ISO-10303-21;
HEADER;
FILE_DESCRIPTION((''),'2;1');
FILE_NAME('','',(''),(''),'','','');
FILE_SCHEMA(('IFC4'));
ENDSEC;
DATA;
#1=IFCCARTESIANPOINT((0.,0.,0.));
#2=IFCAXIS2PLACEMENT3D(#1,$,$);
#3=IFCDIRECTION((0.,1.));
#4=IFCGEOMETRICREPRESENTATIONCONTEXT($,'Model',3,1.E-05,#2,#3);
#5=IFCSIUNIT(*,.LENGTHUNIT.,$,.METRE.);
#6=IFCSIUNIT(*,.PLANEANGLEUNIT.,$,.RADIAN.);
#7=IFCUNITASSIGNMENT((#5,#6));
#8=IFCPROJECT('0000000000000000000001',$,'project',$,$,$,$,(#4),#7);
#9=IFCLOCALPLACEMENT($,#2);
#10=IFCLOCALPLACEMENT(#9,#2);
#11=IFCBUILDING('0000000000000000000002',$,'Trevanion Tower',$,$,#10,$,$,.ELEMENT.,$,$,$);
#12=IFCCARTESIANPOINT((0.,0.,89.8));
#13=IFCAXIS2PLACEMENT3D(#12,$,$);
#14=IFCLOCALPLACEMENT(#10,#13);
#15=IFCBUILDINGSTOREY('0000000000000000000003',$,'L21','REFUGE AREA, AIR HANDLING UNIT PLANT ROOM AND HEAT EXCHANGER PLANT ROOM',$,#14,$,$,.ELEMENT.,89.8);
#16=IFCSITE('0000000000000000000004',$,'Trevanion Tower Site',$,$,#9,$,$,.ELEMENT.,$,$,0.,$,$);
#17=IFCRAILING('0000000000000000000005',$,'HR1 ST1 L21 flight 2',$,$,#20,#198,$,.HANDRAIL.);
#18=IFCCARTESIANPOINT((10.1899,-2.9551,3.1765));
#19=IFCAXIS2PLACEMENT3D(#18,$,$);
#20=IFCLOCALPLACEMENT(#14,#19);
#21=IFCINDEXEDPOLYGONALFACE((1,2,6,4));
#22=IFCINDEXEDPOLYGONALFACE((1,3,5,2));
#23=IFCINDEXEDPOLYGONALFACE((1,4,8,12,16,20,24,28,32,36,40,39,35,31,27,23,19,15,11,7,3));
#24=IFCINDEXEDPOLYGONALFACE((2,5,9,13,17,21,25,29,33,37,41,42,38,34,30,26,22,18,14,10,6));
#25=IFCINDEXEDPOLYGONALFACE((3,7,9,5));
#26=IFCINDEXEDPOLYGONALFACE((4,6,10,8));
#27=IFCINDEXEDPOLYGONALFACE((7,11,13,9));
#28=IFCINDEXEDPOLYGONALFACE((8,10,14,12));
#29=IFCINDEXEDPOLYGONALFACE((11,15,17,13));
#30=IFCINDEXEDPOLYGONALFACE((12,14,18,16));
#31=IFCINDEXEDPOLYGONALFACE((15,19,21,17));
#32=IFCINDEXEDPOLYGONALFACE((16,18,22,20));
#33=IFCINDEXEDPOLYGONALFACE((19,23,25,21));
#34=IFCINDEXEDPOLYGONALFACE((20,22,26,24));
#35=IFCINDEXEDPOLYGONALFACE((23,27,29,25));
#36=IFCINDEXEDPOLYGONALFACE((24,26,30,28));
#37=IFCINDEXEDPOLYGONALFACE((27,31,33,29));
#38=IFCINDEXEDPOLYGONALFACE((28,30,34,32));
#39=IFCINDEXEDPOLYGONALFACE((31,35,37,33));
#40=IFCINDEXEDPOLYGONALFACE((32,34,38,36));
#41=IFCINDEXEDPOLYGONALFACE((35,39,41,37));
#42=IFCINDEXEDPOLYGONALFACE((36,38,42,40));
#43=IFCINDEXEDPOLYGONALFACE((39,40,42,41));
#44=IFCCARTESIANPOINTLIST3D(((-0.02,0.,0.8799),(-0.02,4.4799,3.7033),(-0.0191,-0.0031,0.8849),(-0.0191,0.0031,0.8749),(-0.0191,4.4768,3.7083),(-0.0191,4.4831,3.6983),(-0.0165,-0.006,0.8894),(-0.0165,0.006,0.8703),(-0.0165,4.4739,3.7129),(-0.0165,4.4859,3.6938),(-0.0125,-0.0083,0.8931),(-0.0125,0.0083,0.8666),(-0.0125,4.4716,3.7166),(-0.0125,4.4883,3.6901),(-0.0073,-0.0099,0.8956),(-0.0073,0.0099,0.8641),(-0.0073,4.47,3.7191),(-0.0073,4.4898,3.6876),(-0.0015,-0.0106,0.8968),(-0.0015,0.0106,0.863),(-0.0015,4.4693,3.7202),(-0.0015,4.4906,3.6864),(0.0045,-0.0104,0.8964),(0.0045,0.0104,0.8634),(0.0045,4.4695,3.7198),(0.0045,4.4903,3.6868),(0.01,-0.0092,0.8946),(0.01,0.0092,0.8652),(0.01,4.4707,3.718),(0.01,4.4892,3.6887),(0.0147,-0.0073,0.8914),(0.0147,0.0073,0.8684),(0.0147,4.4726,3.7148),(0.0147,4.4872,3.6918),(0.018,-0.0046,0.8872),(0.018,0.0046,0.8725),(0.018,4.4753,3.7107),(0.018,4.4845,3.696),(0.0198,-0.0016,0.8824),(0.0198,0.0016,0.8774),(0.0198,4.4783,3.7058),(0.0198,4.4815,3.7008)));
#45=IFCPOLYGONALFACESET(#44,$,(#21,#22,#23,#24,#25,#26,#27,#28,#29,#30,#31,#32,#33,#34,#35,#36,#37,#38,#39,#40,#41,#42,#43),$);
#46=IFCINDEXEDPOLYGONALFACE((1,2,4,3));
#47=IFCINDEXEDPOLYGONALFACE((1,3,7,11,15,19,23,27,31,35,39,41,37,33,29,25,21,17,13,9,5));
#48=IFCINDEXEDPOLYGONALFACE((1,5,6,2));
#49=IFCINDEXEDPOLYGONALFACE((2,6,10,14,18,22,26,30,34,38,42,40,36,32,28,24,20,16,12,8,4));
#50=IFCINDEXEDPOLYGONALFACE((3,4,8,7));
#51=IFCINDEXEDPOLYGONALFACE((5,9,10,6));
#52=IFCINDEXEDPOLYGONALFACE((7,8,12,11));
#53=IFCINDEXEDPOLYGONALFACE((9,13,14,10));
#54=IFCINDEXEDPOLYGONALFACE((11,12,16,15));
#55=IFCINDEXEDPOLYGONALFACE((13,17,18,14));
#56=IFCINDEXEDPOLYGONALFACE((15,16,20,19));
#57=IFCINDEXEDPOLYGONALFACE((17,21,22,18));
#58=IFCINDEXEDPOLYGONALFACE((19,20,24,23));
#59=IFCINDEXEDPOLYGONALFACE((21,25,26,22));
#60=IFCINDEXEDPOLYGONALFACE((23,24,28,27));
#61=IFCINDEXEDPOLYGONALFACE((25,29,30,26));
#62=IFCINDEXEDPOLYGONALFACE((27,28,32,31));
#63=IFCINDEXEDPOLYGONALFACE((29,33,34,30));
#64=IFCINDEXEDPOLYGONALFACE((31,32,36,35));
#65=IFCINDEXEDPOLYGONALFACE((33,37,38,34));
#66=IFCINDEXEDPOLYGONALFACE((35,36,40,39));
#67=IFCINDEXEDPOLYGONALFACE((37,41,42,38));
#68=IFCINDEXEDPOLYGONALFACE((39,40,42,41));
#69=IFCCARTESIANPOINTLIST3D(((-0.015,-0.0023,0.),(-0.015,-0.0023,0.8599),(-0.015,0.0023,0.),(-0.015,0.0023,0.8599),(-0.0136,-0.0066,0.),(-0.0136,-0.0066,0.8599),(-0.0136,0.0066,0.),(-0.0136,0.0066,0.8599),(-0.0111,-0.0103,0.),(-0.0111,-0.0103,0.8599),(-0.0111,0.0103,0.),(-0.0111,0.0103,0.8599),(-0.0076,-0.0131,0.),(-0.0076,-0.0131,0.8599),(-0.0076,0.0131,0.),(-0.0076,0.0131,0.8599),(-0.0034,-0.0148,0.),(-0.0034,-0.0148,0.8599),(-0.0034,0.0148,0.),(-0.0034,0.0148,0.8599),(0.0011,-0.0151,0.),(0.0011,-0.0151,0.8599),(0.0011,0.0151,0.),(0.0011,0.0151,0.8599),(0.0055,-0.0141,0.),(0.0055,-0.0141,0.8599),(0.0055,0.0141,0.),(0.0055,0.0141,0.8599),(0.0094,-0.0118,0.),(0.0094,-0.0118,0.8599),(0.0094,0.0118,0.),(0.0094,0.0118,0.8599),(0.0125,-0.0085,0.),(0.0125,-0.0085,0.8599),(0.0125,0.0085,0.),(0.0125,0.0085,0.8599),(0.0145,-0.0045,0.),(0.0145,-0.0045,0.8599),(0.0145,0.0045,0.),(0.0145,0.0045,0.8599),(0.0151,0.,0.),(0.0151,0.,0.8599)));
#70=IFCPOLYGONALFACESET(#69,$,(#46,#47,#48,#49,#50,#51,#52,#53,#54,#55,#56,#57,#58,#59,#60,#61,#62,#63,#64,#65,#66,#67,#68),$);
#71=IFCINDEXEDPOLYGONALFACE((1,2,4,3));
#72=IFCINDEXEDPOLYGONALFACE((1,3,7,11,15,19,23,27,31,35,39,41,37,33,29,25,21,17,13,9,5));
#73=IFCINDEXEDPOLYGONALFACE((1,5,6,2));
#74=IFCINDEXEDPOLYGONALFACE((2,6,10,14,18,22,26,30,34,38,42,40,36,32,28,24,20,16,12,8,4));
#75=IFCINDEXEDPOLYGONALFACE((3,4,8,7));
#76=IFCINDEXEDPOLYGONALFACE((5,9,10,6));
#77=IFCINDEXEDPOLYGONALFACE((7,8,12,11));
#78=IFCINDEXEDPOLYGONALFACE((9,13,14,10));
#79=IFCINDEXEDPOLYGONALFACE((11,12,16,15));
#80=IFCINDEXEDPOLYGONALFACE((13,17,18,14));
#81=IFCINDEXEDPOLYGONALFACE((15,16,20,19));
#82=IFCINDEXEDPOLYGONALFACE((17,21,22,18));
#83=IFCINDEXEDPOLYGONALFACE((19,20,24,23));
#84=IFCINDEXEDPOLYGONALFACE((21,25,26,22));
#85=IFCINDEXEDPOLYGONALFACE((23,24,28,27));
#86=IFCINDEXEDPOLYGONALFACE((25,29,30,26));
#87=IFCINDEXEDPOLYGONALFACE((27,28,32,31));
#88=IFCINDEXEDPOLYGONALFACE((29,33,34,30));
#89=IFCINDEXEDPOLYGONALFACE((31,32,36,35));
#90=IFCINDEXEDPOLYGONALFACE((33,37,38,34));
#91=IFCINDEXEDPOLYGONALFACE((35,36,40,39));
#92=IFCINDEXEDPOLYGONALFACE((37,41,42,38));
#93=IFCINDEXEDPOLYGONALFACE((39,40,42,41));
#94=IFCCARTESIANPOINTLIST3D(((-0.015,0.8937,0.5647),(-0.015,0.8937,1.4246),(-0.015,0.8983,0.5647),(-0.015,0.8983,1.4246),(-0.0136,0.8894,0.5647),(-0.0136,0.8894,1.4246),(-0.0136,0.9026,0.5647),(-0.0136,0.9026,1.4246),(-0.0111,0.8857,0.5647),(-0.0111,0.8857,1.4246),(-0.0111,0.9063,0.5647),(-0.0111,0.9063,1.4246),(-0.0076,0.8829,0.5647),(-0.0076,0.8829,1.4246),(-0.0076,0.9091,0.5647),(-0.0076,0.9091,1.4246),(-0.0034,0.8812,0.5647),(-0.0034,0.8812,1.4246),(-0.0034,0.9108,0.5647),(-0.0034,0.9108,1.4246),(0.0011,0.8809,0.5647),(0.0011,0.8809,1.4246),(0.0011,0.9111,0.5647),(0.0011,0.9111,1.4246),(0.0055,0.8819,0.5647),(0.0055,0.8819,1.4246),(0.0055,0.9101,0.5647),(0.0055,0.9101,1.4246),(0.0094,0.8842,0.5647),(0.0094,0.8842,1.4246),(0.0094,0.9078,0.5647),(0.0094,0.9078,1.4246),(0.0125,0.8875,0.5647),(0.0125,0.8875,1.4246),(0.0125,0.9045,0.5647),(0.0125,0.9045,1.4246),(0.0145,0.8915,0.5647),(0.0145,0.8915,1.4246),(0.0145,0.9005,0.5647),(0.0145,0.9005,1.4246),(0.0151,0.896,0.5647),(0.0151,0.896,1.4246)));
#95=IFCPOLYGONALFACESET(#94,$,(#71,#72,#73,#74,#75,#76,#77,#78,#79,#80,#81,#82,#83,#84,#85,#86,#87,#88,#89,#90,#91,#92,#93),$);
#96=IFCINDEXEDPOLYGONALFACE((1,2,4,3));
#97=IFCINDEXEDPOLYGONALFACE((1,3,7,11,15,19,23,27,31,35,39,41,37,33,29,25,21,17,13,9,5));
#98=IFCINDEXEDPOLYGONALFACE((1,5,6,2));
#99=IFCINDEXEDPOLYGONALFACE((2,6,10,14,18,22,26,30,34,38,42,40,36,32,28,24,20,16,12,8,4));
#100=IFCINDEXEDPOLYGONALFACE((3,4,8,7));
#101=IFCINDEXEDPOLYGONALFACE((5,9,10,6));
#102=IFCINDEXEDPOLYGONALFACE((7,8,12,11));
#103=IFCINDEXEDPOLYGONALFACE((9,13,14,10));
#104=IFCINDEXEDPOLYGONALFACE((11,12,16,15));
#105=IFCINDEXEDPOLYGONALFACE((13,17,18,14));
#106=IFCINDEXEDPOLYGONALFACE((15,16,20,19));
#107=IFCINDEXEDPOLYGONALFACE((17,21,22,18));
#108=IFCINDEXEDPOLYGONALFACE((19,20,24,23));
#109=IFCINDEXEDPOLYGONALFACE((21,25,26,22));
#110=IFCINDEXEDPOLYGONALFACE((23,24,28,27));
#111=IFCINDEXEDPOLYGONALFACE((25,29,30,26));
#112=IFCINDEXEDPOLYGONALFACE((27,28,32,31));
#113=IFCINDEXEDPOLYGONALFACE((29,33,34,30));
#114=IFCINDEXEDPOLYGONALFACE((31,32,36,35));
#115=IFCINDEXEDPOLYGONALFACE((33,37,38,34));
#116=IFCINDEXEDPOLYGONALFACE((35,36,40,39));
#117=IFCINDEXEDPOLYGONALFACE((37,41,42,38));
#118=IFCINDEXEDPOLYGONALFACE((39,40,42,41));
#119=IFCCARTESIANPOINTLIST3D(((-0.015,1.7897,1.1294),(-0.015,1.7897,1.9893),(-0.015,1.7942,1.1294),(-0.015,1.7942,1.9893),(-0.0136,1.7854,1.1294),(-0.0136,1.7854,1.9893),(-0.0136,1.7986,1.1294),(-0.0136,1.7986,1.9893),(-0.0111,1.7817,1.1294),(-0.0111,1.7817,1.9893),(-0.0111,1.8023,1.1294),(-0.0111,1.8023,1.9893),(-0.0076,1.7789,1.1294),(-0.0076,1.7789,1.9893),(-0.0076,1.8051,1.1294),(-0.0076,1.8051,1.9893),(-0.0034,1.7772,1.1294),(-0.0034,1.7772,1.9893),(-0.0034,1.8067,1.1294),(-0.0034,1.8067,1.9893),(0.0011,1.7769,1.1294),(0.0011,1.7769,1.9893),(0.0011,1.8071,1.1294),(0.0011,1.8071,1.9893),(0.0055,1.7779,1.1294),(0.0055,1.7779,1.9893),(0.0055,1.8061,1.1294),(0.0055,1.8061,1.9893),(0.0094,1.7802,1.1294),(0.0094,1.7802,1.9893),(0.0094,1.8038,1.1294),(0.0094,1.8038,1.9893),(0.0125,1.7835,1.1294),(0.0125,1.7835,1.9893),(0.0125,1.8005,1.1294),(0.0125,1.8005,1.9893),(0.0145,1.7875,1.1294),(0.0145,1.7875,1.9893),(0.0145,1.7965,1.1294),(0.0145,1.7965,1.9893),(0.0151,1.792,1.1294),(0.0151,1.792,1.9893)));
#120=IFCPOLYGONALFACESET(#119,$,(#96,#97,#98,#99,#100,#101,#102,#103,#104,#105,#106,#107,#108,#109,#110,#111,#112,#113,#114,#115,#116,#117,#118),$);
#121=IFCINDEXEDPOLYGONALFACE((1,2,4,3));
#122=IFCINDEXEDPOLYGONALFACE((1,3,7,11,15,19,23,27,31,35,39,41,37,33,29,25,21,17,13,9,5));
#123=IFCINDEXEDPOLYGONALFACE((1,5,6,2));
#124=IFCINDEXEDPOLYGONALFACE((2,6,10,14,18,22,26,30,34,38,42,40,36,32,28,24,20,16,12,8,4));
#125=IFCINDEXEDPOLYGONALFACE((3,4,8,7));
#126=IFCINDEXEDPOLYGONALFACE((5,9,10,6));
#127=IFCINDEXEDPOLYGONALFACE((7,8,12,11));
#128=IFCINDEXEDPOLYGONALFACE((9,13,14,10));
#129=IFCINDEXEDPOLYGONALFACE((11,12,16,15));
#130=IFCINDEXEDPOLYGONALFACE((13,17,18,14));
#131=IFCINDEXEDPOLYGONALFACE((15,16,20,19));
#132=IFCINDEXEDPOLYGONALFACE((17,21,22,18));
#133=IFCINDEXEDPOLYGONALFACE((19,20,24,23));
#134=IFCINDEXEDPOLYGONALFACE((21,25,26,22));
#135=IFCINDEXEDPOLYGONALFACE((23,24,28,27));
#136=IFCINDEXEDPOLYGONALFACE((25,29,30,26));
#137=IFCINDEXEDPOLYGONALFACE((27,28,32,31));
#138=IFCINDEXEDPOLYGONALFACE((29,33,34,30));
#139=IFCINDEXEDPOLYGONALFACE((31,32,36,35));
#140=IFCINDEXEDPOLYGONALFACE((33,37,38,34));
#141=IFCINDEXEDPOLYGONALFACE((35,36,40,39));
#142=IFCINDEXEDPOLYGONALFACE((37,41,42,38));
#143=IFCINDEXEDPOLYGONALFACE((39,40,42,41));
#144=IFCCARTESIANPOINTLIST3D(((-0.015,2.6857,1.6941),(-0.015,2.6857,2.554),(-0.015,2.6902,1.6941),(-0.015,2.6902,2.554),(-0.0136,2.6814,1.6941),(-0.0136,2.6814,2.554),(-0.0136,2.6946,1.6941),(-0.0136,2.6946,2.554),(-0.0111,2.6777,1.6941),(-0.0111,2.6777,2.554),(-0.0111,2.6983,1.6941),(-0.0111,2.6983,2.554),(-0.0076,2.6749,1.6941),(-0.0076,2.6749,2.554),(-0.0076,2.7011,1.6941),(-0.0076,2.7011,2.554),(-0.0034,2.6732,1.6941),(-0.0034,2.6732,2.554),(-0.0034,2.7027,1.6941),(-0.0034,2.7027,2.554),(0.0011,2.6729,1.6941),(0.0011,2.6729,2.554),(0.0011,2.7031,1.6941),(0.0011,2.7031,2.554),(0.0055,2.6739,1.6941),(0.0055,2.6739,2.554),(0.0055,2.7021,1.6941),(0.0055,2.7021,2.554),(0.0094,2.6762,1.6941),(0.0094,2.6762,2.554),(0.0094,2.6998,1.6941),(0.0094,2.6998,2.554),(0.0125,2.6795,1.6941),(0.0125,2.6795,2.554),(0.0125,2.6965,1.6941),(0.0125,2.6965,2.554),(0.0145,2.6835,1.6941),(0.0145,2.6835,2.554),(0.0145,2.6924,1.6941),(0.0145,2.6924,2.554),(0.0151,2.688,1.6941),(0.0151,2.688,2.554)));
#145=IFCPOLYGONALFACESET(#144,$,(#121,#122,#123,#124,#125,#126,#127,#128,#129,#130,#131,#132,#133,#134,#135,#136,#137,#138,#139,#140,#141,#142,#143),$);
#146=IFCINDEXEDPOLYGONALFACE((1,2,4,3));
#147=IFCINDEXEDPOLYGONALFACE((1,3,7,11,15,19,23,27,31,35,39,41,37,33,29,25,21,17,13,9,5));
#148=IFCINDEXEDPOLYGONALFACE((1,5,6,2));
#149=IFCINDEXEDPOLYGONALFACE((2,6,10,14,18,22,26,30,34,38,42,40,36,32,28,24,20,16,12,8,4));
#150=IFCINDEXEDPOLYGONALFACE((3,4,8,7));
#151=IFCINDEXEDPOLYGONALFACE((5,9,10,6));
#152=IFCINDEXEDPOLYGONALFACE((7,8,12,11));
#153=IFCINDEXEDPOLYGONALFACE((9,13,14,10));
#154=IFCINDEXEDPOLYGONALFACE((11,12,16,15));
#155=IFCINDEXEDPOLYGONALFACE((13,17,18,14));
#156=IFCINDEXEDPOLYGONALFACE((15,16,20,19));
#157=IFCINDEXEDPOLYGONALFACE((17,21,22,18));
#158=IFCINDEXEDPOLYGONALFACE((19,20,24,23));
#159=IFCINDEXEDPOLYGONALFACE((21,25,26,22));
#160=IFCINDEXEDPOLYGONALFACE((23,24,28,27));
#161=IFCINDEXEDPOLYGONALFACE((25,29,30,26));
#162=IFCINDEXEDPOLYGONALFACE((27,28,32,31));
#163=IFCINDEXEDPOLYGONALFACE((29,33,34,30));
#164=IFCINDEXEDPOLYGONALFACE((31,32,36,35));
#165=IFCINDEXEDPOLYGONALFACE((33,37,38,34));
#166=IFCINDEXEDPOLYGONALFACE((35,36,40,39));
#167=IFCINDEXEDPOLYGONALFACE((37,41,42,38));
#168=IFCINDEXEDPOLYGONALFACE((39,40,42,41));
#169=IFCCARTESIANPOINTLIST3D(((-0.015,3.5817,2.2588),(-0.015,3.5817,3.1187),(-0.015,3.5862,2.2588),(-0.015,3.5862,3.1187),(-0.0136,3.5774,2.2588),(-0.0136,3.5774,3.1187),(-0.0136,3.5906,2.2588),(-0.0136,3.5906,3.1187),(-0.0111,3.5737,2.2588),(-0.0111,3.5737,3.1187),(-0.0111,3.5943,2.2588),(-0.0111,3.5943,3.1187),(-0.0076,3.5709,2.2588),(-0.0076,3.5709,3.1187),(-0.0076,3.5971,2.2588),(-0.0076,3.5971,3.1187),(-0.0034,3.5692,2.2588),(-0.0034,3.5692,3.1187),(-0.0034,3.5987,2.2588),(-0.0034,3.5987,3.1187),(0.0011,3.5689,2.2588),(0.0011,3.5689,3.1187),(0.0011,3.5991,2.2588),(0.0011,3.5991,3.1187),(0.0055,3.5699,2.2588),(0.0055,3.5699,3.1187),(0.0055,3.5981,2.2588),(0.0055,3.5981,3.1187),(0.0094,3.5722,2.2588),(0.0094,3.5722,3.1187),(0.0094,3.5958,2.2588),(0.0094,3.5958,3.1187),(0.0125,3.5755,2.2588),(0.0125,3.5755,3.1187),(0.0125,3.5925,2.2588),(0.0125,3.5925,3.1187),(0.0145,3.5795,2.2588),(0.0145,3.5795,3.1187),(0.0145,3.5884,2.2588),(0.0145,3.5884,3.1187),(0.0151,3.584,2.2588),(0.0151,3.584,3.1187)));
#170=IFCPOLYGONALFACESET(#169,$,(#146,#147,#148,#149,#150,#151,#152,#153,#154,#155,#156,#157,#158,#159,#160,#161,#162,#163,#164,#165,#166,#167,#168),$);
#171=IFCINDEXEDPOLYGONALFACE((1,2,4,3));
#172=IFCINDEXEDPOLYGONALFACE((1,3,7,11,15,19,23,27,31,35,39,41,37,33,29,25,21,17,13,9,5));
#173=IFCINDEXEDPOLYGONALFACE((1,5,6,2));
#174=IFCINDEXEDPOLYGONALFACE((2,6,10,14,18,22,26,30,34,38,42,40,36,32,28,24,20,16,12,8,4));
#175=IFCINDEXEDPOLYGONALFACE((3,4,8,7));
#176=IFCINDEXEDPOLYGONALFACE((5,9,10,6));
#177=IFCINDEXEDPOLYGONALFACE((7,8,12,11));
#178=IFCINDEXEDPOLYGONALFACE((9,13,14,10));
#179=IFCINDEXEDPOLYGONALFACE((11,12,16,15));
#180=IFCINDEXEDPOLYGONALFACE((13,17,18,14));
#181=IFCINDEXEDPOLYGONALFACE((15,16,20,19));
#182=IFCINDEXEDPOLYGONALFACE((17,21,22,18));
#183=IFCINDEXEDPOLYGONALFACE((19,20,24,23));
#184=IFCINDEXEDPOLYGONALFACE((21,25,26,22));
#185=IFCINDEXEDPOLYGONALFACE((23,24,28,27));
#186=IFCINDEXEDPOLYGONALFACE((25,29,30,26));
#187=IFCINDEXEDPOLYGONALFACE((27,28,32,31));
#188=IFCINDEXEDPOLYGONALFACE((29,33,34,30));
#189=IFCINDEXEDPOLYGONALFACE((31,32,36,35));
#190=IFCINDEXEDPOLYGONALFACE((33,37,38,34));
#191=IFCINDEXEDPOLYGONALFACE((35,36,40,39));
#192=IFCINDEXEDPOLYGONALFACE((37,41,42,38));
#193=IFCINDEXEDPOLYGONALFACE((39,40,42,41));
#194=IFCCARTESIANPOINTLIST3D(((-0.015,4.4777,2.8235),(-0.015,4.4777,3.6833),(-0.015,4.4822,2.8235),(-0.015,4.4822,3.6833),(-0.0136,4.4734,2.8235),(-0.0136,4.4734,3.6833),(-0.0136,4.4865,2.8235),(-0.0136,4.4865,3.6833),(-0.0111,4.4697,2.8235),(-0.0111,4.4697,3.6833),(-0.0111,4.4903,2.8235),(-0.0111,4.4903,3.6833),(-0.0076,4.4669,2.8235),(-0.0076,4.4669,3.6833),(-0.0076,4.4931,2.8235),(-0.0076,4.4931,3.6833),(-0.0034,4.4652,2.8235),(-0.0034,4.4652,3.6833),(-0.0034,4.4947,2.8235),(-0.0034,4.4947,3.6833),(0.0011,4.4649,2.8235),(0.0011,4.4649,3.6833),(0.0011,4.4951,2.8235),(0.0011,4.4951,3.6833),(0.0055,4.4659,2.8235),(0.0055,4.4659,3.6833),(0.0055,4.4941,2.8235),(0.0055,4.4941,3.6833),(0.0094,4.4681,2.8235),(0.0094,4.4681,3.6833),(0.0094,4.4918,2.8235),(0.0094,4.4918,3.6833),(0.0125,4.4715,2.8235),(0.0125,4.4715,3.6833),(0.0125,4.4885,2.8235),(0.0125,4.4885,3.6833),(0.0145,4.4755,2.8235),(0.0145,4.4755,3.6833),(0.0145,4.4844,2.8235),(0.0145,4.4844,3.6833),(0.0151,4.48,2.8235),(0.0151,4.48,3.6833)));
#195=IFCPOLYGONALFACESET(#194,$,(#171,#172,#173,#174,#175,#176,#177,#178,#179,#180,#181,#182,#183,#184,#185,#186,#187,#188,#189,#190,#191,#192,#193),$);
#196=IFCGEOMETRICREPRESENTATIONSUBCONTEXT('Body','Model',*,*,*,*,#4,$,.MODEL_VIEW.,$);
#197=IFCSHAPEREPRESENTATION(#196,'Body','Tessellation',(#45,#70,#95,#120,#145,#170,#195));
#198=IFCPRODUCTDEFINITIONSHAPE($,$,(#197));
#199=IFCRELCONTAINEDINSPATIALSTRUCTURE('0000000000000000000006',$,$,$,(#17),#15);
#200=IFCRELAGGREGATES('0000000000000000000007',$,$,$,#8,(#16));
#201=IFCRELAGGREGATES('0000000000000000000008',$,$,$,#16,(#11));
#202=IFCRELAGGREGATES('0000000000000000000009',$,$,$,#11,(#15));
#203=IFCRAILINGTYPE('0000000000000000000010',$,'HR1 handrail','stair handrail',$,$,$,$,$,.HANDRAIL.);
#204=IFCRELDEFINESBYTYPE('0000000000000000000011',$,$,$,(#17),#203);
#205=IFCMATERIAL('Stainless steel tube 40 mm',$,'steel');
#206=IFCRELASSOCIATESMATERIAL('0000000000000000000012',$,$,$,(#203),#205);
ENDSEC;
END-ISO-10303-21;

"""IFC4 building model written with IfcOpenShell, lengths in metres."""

from ifc_helpers import new_model, si_unit, direction, frame, origin, origin_2d, place, context, subcontext, project, spatial, circle, extrude, material, type_object, element, save


model = new_model("IFC4")

# Units and contexts
model_context = context("Model", 3, precision=1e-05, world=origin(), true_north=direction((0.0, 1.0)))
body_context = subcontext(model_context, "Body", "Model", "MODEL_VIEW")
ifc_project = project(units=[si_unit("LENGTHUNIT", "METRE"), si_unit("PLANEANGLEUNIT", "RADIAN")], contexts=[model_context])

# Site, building, storey
site_placement = place(None, origin())
site = spatial("IfcSite", under=ifc_project, at=site_placement, Name="Trevanion Tower Site", CompositionType="ELEMENT", RefElevation=0.0)
building_placement = place(site_placement, origin())
building = spatial("IfcBuilding", under=site, at=building_placement, Name="Trevanion Tower", CompositionType="ELEMENT")
storey_placement = place(building_placement, frame((0.0, 0.0, 89.8)))
storey = spatial("IfcBuildingStorey", under=building, at=storey_placement, Name="L21", Description="REFUGE AREA, AIR HANDLING UNIT PLANT ROOM AND HEAT EXCHANGER PLANT ROOM", CompositionType="ELEMENT", Elevation=89.8)

# Railing
ifc_material_1 = material(Name="Stainless steel tube 40 mm", Category="steel")
railing_type = type_object("IfcRailingType", Name="HR1 handrail", Description="stair handrail", PredefinedType="HANDRAIL", material=ifc_material_1)
for number, where, name in (
    (1, (10.1899, -2.9551, 3.1765), "HR1 ST1 L21 flight 2"),
):
    element("IfcRailing", number, at=place(storey_placement, frame(where)), inside=storey, type_object=railing_type, Name=name, PredefinedType="HANDRAIL", context=body_context, shape_type="SweptSolid", body=[
        extrude(circle(Radius=0.02, at=origin_2d()), frame((0.0, 0.0, 0.8799), z_axis=(0.0, 0.845998, 0.533186), x_axis=(-1.0, 0.0, 0.0)), (0.0, 0.0, 1.0), 5.2954),
        extrude(circle(Radius=0.0151, at=origin_2d()), origin(), (0.0, 0.0, 1.0), 0.8599),
        extrude(circle(Radius=0.0151, at=origin_2d()), frame((0.0, 0.896, 0.5647)), (0.0, 0.0, 1.0), 0.8599),
        extrude(circle(Radius=0.0151, at=origin_2d()), frame((0.0, 1.792, 1.1294)), (0.0, 0.0, 1.0), 0.8599),
        extrude(circle(Radius=0.0151, at=origin_2d()), frame((0.0, 2.688, 1.6941)), (0.0, 0.0, 1.0), 0.8599),
        extrude(circle(Radius=0.0151, at=origin_2d()), frame((0.0, 3.584, 2.2588)), (0.0, 0.0, 1.0), 0.8599),
        extrude(circle(Radius=0.0151, at=origin_2d()), frame((0.0, 4.48, 2.8235)), (0.0, 0.0, 1.0), 0.8599),
    ])

save(model, "model.ifc")
